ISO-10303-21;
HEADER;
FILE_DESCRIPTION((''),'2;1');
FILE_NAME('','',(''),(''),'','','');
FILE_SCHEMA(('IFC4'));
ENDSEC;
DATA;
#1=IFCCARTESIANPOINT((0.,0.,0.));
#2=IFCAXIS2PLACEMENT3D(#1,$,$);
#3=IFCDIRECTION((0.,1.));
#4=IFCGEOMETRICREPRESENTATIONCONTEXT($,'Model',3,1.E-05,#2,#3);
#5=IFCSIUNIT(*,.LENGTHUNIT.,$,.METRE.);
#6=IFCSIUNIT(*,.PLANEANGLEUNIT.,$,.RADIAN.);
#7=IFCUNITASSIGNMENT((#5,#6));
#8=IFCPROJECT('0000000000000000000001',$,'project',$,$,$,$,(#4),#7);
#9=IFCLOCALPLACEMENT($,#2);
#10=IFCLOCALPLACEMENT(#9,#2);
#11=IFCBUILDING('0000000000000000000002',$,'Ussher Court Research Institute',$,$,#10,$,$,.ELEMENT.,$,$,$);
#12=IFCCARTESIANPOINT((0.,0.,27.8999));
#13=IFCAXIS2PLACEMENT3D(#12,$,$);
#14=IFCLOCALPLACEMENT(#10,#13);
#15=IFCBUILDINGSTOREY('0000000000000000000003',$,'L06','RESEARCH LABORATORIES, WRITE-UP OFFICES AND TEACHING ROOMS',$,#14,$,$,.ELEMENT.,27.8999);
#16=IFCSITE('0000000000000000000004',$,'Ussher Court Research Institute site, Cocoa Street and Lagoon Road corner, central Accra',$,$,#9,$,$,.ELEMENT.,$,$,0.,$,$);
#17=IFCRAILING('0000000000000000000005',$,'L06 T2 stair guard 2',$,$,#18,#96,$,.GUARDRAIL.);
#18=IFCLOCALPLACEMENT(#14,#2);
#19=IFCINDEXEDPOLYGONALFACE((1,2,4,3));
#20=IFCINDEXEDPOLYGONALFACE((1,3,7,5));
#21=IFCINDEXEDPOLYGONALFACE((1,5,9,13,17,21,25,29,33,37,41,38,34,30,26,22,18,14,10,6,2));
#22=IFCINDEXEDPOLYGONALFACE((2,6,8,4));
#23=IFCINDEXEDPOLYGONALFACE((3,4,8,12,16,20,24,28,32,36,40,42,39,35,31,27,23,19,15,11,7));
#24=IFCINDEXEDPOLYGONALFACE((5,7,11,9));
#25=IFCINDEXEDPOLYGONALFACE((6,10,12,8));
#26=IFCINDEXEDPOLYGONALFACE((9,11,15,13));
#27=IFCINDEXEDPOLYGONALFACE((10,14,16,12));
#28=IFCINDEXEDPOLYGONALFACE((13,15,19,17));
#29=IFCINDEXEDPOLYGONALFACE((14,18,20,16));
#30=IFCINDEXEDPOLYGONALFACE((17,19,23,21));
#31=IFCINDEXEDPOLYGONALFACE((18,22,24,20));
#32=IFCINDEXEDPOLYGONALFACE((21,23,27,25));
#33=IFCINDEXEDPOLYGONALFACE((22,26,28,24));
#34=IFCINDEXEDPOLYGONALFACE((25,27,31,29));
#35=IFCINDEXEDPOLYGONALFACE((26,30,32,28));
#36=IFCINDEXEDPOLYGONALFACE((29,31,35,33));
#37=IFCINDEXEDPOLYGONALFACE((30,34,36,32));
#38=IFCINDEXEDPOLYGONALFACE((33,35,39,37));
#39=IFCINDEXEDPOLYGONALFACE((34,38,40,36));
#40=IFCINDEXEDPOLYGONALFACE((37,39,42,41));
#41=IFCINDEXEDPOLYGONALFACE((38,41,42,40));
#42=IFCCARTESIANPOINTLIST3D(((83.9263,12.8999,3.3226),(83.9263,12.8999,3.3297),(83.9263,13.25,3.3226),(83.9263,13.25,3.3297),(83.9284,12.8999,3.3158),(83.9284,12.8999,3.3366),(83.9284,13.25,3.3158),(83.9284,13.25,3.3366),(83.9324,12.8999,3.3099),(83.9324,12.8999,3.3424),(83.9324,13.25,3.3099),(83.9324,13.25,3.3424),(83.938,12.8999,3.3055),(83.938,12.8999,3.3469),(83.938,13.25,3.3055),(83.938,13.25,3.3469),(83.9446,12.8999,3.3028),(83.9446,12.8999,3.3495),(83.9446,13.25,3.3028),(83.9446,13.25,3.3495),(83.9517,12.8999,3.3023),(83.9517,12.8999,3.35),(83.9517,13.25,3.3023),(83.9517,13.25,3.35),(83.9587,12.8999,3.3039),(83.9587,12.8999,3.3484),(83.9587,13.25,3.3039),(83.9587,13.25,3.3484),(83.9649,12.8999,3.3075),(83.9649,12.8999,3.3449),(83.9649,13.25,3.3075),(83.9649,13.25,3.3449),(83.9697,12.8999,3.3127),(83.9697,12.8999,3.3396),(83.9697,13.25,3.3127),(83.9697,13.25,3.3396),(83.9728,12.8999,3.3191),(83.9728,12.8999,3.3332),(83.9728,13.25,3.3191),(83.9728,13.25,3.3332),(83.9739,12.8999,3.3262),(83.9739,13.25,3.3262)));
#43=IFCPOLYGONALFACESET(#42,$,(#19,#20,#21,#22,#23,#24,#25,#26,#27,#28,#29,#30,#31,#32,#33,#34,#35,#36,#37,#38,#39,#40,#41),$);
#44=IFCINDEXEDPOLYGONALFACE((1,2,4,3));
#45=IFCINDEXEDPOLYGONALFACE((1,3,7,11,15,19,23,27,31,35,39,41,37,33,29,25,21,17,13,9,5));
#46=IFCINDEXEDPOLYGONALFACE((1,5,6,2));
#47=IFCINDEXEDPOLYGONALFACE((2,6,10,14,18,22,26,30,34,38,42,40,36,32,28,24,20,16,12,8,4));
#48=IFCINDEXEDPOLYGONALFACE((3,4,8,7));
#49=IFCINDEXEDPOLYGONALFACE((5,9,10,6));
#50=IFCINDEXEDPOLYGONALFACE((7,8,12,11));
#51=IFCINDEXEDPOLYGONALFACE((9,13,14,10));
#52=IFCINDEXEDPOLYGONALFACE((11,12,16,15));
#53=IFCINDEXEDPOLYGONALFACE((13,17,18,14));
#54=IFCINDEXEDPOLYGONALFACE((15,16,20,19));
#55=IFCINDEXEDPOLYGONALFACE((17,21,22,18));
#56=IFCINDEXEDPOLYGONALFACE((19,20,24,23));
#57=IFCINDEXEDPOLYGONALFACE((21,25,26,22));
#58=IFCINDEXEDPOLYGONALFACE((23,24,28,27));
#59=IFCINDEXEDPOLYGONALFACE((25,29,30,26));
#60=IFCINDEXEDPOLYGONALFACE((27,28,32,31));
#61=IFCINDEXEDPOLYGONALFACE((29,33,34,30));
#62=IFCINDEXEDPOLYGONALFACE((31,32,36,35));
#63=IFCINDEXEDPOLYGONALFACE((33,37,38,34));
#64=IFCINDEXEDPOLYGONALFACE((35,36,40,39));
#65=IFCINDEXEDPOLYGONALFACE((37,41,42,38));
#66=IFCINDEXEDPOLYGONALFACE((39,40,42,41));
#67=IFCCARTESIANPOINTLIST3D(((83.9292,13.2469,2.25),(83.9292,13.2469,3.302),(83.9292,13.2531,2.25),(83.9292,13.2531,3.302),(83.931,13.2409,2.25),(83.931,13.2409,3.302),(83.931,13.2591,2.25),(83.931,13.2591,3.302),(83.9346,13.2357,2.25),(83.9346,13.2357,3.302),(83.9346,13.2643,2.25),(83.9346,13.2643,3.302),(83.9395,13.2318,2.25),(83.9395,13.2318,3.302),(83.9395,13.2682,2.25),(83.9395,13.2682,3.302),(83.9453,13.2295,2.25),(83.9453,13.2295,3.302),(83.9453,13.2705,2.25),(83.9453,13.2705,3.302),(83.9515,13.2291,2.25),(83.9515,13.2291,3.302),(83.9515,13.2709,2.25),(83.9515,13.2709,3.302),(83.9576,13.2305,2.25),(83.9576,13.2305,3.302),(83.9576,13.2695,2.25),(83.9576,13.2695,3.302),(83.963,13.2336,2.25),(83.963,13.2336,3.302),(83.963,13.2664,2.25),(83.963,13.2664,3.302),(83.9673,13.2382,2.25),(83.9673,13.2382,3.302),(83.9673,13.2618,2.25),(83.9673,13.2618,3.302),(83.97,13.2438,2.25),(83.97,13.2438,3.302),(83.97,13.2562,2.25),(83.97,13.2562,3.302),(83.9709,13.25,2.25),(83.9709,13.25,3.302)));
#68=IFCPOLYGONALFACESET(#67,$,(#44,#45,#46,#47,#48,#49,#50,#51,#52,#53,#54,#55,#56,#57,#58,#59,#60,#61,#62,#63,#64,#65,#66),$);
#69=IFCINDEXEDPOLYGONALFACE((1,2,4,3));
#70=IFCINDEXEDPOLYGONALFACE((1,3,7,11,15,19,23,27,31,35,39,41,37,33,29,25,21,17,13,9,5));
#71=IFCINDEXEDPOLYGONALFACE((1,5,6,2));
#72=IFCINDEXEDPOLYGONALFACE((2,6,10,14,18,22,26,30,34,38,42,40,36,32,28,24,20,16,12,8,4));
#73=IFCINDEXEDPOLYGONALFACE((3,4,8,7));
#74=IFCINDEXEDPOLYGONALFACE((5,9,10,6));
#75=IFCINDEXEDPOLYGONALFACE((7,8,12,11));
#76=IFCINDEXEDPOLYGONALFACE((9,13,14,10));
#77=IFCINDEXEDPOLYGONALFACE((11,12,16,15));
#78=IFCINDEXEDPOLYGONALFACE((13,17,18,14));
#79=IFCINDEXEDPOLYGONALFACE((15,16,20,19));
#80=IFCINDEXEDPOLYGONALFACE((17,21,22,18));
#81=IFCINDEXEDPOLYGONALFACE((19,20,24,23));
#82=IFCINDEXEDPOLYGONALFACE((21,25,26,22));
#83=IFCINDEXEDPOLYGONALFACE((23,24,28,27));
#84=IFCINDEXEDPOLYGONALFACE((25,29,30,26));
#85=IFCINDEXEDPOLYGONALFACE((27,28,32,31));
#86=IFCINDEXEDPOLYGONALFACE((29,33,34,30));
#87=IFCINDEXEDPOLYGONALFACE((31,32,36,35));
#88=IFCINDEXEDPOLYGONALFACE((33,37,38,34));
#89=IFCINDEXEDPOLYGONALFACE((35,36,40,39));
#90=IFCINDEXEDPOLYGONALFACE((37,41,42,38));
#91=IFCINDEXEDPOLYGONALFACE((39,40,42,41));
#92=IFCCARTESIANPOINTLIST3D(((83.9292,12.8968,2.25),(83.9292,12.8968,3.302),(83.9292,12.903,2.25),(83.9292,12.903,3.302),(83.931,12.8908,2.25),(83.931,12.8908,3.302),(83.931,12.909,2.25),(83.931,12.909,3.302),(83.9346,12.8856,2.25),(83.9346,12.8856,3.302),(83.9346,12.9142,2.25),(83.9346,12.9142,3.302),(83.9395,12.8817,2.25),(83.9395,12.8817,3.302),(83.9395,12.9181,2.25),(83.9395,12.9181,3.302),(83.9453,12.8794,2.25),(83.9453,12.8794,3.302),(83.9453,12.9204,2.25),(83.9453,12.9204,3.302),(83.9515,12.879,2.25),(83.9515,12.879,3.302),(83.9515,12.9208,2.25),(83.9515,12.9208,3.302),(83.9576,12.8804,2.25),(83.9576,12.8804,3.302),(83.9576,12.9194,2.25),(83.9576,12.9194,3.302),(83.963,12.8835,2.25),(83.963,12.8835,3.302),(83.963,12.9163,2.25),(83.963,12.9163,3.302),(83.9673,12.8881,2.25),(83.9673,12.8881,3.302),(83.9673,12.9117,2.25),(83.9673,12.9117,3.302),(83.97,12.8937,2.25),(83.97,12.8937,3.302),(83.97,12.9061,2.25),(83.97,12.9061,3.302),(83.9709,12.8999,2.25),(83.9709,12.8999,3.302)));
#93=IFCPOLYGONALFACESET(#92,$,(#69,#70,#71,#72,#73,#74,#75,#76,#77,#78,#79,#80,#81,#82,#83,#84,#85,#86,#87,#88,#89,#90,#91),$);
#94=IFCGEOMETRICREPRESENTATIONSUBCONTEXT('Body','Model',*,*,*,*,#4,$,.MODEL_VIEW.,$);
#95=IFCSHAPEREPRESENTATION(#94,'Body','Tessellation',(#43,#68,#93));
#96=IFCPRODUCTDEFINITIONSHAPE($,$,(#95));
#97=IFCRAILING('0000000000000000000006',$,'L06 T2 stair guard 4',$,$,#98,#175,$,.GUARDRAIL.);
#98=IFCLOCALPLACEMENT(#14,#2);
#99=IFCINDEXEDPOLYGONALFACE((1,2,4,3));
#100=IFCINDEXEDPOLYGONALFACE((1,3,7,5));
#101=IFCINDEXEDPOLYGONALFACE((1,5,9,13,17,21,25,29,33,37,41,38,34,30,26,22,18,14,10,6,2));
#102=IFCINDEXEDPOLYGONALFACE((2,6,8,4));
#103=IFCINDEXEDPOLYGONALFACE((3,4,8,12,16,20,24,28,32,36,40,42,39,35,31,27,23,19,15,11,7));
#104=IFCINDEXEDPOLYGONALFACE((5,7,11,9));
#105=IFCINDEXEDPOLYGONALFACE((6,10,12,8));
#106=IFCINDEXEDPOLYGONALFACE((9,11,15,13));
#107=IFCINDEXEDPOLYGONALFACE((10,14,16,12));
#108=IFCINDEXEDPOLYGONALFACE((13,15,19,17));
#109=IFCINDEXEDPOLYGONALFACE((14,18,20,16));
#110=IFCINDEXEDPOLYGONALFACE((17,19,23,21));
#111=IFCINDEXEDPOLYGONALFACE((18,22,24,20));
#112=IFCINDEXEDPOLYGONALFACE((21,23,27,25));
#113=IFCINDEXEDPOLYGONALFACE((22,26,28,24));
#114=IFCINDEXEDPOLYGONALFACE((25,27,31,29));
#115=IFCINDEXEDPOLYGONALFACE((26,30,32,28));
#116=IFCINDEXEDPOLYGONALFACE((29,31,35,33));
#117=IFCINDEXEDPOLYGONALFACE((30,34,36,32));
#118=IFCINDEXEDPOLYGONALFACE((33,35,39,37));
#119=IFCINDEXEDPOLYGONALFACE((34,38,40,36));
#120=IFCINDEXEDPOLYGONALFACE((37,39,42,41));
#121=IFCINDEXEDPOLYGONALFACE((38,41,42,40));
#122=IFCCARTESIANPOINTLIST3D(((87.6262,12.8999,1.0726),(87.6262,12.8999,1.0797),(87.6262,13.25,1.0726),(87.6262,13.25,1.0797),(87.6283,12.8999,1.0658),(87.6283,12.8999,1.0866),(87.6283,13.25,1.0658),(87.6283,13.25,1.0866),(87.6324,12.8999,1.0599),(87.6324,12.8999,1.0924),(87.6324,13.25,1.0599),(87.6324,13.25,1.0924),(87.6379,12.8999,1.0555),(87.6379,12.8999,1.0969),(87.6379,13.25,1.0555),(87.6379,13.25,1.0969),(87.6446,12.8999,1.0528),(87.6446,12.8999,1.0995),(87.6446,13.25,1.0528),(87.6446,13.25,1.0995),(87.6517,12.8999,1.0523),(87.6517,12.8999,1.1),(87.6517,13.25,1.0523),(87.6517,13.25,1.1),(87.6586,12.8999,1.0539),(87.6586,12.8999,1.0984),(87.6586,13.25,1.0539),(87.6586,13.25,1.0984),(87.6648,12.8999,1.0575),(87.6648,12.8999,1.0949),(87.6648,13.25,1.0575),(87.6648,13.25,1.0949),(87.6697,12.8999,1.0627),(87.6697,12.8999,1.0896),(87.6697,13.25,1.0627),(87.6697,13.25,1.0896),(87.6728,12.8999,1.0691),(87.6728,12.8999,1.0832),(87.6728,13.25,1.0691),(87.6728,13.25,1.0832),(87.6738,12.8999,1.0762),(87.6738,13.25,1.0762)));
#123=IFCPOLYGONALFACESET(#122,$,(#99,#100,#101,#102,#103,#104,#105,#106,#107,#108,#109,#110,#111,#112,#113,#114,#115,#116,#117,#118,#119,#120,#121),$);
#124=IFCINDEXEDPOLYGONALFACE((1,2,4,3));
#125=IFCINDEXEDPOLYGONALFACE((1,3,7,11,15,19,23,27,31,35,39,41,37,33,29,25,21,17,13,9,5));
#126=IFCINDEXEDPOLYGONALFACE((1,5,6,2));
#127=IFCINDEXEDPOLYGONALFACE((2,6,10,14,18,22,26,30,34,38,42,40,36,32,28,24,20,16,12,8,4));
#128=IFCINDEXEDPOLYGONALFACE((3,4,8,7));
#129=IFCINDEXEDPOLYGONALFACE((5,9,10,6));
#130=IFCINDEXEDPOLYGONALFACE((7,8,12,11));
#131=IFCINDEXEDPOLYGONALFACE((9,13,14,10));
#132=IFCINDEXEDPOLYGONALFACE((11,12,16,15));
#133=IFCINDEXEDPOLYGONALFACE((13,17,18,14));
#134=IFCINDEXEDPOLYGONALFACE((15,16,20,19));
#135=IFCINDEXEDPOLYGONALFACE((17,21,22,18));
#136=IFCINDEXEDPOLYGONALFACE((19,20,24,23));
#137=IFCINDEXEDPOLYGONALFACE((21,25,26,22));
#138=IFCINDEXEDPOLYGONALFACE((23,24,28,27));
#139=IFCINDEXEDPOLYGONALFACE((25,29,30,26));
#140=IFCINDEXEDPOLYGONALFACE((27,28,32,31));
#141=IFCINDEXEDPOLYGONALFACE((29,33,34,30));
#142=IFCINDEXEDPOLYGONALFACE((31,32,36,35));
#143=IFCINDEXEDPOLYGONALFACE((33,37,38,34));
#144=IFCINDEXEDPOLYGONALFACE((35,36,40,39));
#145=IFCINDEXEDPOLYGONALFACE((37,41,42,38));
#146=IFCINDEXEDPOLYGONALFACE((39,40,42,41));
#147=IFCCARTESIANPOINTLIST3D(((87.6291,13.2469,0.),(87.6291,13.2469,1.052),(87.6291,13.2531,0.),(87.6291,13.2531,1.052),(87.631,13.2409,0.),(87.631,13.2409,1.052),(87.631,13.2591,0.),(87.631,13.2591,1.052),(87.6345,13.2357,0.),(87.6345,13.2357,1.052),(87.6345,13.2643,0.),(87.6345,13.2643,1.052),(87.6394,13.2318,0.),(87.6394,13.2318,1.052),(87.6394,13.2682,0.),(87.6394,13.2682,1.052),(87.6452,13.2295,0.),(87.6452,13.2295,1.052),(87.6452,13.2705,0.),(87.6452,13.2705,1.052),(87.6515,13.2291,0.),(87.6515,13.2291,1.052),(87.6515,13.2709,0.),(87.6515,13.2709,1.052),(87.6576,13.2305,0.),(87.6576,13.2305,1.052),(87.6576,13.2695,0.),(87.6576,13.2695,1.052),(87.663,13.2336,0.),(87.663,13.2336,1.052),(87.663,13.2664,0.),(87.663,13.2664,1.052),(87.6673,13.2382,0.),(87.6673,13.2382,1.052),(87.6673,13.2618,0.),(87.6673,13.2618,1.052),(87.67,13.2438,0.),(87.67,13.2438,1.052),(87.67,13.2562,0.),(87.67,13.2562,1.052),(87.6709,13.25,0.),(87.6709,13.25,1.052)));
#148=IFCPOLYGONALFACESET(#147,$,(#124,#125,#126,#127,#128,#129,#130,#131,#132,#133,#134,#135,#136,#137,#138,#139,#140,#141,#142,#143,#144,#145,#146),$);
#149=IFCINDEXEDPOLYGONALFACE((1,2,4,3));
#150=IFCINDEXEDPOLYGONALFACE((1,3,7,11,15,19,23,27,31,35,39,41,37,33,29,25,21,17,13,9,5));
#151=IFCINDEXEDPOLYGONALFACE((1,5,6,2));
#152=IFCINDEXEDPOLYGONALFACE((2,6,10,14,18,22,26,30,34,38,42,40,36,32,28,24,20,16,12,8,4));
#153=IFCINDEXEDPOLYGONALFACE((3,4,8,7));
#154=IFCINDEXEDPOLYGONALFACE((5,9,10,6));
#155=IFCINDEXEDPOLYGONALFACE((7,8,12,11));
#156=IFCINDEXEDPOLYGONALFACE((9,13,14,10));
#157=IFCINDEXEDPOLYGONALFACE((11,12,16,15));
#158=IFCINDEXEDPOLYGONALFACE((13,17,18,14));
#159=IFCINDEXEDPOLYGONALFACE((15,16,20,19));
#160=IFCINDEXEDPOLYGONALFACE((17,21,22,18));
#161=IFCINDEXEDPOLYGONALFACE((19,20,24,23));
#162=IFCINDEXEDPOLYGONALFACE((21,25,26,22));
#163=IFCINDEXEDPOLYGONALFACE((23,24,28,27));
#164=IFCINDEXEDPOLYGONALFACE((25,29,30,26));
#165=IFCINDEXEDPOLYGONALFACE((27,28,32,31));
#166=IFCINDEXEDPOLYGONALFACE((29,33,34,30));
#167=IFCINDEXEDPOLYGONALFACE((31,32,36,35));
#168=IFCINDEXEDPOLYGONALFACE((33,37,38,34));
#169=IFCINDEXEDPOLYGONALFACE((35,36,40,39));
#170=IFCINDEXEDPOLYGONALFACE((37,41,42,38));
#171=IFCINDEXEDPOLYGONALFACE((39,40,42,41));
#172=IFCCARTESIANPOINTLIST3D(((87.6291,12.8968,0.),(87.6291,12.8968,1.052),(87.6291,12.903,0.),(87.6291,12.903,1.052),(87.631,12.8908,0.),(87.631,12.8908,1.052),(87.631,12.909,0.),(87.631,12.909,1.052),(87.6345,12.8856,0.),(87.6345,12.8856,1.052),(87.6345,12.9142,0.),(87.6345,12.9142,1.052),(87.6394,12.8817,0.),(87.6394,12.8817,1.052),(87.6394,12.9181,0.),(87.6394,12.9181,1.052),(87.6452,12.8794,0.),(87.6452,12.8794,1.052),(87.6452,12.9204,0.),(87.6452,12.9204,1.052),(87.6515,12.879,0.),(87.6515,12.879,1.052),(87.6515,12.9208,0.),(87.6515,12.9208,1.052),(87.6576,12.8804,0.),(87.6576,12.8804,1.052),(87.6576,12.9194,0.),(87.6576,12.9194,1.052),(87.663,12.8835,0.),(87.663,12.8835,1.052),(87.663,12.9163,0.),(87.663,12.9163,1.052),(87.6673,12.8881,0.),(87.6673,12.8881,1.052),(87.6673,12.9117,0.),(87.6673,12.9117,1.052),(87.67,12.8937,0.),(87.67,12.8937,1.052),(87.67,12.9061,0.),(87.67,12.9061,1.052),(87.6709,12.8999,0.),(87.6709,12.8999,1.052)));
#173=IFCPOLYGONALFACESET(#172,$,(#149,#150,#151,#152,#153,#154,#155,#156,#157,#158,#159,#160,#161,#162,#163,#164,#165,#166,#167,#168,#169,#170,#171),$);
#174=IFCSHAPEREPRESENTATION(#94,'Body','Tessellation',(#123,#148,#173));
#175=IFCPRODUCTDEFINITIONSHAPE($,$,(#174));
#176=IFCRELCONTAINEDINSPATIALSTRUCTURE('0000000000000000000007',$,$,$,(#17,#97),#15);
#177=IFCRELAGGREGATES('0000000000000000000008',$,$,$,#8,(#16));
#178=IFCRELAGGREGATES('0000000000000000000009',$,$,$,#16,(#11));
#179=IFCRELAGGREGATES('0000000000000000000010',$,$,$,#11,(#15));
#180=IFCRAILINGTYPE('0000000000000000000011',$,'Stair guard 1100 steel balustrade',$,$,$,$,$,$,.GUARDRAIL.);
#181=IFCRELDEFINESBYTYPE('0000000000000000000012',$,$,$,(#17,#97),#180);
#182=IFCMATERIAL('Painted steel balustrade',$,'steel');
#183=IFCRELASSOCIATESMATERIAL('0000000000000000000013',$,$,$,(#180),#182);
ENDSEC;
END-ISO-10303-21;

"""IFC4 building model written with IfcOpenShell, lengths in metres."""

from ifc_helpers import new_model, si_unit, direction, frame, origin, origin_2d, place, context, subcontext, project, spatial, circle, extrude, material, type_object, element, save


model = new_model("IFC4")

# Units and contexts
model_context = context("Model", 3, precision=1e-05, world=origin(), true_north=direction((0.0, 1.0)))
body_context = subcontext(model_context, "Body", "Model", "MODEL_VIEW")
ifc_project = project(units=[si_unit("LENGTHUNIT", "METRE"), si_unit("PLANEANGLEUNIT", "RADIAN")], contexts=[model_context])

# Site, building, storey
site_placement = place(None, origin())
site = spatial("IfcSite", under=ifc_project, at=site_placement, Name="Ussher Court Research Institute site, Cocoa Street and Lagoon Road corner, central Accra", CompositionType="ELEMENT", RefElevation=0.0)
building_placement = place(site_placement, origin())
building = spatial("IfcBuilding", under=site, at=building_placement, Name="Ussher Court Research Institute", CompositionType="ELEMENT")
storey_placement = place(building_placement, frame((0.0, 0.0, 27.8999)))
storey = spatial("IfcBuildingStorey", under=building, at=storey_placement, Name="L06", Description="RESEARCH LABORATORIES, WRITE-UP OFFICES AND TEACHING ROOMS", CompositionType="ELEMENT", Elevation=27.8999)

# Railings
ifc_material_1 = material(Name="Painted steel balustrade", Category="steel")
railing_type_1 = type_object("IfcRailingType", Name="Stair guard 1100 steel balustrade", PredefinedType="GUARDRAIL", material=ifc_material_1)
for number, where, name in (
    (1, (83.95, 13.25, 2.25), "L06 T2 stair guard 2"),
    (2, (87.6499, 13.25, 0.0), "L06 T2 stair guard 4"),
):
    element("IfcRailing", number, at=place(storey_placement, frame(where)), inside=storey, type_object=railing_type_1, Name=name, PredefinedType="GUARDRAIL", context=body_context, shape_type="SweptSolid", body=[
        extrude(circle(Radius=0.0239, at=origin_2d()), frame((0.0, 0.0, 1.0762), z_axis=(0.0, -1.0, 0.0), x_axis=(1.0, 0.0, 0.0)), (0.0, 0.0, 1.0), 0.3501),
        extrude(circle(Radius=0.021, at=origin_2d()), origin(), (0.0, 0.0, 1.0), 1.052),
        extrude(circle(Radius=0.021, at=origin_2d()), frame((0.0, -0.3501, 0.0)), (0.0, 0.0, 1.0), 1.052),
    ])

save(model, "model.ifc")
